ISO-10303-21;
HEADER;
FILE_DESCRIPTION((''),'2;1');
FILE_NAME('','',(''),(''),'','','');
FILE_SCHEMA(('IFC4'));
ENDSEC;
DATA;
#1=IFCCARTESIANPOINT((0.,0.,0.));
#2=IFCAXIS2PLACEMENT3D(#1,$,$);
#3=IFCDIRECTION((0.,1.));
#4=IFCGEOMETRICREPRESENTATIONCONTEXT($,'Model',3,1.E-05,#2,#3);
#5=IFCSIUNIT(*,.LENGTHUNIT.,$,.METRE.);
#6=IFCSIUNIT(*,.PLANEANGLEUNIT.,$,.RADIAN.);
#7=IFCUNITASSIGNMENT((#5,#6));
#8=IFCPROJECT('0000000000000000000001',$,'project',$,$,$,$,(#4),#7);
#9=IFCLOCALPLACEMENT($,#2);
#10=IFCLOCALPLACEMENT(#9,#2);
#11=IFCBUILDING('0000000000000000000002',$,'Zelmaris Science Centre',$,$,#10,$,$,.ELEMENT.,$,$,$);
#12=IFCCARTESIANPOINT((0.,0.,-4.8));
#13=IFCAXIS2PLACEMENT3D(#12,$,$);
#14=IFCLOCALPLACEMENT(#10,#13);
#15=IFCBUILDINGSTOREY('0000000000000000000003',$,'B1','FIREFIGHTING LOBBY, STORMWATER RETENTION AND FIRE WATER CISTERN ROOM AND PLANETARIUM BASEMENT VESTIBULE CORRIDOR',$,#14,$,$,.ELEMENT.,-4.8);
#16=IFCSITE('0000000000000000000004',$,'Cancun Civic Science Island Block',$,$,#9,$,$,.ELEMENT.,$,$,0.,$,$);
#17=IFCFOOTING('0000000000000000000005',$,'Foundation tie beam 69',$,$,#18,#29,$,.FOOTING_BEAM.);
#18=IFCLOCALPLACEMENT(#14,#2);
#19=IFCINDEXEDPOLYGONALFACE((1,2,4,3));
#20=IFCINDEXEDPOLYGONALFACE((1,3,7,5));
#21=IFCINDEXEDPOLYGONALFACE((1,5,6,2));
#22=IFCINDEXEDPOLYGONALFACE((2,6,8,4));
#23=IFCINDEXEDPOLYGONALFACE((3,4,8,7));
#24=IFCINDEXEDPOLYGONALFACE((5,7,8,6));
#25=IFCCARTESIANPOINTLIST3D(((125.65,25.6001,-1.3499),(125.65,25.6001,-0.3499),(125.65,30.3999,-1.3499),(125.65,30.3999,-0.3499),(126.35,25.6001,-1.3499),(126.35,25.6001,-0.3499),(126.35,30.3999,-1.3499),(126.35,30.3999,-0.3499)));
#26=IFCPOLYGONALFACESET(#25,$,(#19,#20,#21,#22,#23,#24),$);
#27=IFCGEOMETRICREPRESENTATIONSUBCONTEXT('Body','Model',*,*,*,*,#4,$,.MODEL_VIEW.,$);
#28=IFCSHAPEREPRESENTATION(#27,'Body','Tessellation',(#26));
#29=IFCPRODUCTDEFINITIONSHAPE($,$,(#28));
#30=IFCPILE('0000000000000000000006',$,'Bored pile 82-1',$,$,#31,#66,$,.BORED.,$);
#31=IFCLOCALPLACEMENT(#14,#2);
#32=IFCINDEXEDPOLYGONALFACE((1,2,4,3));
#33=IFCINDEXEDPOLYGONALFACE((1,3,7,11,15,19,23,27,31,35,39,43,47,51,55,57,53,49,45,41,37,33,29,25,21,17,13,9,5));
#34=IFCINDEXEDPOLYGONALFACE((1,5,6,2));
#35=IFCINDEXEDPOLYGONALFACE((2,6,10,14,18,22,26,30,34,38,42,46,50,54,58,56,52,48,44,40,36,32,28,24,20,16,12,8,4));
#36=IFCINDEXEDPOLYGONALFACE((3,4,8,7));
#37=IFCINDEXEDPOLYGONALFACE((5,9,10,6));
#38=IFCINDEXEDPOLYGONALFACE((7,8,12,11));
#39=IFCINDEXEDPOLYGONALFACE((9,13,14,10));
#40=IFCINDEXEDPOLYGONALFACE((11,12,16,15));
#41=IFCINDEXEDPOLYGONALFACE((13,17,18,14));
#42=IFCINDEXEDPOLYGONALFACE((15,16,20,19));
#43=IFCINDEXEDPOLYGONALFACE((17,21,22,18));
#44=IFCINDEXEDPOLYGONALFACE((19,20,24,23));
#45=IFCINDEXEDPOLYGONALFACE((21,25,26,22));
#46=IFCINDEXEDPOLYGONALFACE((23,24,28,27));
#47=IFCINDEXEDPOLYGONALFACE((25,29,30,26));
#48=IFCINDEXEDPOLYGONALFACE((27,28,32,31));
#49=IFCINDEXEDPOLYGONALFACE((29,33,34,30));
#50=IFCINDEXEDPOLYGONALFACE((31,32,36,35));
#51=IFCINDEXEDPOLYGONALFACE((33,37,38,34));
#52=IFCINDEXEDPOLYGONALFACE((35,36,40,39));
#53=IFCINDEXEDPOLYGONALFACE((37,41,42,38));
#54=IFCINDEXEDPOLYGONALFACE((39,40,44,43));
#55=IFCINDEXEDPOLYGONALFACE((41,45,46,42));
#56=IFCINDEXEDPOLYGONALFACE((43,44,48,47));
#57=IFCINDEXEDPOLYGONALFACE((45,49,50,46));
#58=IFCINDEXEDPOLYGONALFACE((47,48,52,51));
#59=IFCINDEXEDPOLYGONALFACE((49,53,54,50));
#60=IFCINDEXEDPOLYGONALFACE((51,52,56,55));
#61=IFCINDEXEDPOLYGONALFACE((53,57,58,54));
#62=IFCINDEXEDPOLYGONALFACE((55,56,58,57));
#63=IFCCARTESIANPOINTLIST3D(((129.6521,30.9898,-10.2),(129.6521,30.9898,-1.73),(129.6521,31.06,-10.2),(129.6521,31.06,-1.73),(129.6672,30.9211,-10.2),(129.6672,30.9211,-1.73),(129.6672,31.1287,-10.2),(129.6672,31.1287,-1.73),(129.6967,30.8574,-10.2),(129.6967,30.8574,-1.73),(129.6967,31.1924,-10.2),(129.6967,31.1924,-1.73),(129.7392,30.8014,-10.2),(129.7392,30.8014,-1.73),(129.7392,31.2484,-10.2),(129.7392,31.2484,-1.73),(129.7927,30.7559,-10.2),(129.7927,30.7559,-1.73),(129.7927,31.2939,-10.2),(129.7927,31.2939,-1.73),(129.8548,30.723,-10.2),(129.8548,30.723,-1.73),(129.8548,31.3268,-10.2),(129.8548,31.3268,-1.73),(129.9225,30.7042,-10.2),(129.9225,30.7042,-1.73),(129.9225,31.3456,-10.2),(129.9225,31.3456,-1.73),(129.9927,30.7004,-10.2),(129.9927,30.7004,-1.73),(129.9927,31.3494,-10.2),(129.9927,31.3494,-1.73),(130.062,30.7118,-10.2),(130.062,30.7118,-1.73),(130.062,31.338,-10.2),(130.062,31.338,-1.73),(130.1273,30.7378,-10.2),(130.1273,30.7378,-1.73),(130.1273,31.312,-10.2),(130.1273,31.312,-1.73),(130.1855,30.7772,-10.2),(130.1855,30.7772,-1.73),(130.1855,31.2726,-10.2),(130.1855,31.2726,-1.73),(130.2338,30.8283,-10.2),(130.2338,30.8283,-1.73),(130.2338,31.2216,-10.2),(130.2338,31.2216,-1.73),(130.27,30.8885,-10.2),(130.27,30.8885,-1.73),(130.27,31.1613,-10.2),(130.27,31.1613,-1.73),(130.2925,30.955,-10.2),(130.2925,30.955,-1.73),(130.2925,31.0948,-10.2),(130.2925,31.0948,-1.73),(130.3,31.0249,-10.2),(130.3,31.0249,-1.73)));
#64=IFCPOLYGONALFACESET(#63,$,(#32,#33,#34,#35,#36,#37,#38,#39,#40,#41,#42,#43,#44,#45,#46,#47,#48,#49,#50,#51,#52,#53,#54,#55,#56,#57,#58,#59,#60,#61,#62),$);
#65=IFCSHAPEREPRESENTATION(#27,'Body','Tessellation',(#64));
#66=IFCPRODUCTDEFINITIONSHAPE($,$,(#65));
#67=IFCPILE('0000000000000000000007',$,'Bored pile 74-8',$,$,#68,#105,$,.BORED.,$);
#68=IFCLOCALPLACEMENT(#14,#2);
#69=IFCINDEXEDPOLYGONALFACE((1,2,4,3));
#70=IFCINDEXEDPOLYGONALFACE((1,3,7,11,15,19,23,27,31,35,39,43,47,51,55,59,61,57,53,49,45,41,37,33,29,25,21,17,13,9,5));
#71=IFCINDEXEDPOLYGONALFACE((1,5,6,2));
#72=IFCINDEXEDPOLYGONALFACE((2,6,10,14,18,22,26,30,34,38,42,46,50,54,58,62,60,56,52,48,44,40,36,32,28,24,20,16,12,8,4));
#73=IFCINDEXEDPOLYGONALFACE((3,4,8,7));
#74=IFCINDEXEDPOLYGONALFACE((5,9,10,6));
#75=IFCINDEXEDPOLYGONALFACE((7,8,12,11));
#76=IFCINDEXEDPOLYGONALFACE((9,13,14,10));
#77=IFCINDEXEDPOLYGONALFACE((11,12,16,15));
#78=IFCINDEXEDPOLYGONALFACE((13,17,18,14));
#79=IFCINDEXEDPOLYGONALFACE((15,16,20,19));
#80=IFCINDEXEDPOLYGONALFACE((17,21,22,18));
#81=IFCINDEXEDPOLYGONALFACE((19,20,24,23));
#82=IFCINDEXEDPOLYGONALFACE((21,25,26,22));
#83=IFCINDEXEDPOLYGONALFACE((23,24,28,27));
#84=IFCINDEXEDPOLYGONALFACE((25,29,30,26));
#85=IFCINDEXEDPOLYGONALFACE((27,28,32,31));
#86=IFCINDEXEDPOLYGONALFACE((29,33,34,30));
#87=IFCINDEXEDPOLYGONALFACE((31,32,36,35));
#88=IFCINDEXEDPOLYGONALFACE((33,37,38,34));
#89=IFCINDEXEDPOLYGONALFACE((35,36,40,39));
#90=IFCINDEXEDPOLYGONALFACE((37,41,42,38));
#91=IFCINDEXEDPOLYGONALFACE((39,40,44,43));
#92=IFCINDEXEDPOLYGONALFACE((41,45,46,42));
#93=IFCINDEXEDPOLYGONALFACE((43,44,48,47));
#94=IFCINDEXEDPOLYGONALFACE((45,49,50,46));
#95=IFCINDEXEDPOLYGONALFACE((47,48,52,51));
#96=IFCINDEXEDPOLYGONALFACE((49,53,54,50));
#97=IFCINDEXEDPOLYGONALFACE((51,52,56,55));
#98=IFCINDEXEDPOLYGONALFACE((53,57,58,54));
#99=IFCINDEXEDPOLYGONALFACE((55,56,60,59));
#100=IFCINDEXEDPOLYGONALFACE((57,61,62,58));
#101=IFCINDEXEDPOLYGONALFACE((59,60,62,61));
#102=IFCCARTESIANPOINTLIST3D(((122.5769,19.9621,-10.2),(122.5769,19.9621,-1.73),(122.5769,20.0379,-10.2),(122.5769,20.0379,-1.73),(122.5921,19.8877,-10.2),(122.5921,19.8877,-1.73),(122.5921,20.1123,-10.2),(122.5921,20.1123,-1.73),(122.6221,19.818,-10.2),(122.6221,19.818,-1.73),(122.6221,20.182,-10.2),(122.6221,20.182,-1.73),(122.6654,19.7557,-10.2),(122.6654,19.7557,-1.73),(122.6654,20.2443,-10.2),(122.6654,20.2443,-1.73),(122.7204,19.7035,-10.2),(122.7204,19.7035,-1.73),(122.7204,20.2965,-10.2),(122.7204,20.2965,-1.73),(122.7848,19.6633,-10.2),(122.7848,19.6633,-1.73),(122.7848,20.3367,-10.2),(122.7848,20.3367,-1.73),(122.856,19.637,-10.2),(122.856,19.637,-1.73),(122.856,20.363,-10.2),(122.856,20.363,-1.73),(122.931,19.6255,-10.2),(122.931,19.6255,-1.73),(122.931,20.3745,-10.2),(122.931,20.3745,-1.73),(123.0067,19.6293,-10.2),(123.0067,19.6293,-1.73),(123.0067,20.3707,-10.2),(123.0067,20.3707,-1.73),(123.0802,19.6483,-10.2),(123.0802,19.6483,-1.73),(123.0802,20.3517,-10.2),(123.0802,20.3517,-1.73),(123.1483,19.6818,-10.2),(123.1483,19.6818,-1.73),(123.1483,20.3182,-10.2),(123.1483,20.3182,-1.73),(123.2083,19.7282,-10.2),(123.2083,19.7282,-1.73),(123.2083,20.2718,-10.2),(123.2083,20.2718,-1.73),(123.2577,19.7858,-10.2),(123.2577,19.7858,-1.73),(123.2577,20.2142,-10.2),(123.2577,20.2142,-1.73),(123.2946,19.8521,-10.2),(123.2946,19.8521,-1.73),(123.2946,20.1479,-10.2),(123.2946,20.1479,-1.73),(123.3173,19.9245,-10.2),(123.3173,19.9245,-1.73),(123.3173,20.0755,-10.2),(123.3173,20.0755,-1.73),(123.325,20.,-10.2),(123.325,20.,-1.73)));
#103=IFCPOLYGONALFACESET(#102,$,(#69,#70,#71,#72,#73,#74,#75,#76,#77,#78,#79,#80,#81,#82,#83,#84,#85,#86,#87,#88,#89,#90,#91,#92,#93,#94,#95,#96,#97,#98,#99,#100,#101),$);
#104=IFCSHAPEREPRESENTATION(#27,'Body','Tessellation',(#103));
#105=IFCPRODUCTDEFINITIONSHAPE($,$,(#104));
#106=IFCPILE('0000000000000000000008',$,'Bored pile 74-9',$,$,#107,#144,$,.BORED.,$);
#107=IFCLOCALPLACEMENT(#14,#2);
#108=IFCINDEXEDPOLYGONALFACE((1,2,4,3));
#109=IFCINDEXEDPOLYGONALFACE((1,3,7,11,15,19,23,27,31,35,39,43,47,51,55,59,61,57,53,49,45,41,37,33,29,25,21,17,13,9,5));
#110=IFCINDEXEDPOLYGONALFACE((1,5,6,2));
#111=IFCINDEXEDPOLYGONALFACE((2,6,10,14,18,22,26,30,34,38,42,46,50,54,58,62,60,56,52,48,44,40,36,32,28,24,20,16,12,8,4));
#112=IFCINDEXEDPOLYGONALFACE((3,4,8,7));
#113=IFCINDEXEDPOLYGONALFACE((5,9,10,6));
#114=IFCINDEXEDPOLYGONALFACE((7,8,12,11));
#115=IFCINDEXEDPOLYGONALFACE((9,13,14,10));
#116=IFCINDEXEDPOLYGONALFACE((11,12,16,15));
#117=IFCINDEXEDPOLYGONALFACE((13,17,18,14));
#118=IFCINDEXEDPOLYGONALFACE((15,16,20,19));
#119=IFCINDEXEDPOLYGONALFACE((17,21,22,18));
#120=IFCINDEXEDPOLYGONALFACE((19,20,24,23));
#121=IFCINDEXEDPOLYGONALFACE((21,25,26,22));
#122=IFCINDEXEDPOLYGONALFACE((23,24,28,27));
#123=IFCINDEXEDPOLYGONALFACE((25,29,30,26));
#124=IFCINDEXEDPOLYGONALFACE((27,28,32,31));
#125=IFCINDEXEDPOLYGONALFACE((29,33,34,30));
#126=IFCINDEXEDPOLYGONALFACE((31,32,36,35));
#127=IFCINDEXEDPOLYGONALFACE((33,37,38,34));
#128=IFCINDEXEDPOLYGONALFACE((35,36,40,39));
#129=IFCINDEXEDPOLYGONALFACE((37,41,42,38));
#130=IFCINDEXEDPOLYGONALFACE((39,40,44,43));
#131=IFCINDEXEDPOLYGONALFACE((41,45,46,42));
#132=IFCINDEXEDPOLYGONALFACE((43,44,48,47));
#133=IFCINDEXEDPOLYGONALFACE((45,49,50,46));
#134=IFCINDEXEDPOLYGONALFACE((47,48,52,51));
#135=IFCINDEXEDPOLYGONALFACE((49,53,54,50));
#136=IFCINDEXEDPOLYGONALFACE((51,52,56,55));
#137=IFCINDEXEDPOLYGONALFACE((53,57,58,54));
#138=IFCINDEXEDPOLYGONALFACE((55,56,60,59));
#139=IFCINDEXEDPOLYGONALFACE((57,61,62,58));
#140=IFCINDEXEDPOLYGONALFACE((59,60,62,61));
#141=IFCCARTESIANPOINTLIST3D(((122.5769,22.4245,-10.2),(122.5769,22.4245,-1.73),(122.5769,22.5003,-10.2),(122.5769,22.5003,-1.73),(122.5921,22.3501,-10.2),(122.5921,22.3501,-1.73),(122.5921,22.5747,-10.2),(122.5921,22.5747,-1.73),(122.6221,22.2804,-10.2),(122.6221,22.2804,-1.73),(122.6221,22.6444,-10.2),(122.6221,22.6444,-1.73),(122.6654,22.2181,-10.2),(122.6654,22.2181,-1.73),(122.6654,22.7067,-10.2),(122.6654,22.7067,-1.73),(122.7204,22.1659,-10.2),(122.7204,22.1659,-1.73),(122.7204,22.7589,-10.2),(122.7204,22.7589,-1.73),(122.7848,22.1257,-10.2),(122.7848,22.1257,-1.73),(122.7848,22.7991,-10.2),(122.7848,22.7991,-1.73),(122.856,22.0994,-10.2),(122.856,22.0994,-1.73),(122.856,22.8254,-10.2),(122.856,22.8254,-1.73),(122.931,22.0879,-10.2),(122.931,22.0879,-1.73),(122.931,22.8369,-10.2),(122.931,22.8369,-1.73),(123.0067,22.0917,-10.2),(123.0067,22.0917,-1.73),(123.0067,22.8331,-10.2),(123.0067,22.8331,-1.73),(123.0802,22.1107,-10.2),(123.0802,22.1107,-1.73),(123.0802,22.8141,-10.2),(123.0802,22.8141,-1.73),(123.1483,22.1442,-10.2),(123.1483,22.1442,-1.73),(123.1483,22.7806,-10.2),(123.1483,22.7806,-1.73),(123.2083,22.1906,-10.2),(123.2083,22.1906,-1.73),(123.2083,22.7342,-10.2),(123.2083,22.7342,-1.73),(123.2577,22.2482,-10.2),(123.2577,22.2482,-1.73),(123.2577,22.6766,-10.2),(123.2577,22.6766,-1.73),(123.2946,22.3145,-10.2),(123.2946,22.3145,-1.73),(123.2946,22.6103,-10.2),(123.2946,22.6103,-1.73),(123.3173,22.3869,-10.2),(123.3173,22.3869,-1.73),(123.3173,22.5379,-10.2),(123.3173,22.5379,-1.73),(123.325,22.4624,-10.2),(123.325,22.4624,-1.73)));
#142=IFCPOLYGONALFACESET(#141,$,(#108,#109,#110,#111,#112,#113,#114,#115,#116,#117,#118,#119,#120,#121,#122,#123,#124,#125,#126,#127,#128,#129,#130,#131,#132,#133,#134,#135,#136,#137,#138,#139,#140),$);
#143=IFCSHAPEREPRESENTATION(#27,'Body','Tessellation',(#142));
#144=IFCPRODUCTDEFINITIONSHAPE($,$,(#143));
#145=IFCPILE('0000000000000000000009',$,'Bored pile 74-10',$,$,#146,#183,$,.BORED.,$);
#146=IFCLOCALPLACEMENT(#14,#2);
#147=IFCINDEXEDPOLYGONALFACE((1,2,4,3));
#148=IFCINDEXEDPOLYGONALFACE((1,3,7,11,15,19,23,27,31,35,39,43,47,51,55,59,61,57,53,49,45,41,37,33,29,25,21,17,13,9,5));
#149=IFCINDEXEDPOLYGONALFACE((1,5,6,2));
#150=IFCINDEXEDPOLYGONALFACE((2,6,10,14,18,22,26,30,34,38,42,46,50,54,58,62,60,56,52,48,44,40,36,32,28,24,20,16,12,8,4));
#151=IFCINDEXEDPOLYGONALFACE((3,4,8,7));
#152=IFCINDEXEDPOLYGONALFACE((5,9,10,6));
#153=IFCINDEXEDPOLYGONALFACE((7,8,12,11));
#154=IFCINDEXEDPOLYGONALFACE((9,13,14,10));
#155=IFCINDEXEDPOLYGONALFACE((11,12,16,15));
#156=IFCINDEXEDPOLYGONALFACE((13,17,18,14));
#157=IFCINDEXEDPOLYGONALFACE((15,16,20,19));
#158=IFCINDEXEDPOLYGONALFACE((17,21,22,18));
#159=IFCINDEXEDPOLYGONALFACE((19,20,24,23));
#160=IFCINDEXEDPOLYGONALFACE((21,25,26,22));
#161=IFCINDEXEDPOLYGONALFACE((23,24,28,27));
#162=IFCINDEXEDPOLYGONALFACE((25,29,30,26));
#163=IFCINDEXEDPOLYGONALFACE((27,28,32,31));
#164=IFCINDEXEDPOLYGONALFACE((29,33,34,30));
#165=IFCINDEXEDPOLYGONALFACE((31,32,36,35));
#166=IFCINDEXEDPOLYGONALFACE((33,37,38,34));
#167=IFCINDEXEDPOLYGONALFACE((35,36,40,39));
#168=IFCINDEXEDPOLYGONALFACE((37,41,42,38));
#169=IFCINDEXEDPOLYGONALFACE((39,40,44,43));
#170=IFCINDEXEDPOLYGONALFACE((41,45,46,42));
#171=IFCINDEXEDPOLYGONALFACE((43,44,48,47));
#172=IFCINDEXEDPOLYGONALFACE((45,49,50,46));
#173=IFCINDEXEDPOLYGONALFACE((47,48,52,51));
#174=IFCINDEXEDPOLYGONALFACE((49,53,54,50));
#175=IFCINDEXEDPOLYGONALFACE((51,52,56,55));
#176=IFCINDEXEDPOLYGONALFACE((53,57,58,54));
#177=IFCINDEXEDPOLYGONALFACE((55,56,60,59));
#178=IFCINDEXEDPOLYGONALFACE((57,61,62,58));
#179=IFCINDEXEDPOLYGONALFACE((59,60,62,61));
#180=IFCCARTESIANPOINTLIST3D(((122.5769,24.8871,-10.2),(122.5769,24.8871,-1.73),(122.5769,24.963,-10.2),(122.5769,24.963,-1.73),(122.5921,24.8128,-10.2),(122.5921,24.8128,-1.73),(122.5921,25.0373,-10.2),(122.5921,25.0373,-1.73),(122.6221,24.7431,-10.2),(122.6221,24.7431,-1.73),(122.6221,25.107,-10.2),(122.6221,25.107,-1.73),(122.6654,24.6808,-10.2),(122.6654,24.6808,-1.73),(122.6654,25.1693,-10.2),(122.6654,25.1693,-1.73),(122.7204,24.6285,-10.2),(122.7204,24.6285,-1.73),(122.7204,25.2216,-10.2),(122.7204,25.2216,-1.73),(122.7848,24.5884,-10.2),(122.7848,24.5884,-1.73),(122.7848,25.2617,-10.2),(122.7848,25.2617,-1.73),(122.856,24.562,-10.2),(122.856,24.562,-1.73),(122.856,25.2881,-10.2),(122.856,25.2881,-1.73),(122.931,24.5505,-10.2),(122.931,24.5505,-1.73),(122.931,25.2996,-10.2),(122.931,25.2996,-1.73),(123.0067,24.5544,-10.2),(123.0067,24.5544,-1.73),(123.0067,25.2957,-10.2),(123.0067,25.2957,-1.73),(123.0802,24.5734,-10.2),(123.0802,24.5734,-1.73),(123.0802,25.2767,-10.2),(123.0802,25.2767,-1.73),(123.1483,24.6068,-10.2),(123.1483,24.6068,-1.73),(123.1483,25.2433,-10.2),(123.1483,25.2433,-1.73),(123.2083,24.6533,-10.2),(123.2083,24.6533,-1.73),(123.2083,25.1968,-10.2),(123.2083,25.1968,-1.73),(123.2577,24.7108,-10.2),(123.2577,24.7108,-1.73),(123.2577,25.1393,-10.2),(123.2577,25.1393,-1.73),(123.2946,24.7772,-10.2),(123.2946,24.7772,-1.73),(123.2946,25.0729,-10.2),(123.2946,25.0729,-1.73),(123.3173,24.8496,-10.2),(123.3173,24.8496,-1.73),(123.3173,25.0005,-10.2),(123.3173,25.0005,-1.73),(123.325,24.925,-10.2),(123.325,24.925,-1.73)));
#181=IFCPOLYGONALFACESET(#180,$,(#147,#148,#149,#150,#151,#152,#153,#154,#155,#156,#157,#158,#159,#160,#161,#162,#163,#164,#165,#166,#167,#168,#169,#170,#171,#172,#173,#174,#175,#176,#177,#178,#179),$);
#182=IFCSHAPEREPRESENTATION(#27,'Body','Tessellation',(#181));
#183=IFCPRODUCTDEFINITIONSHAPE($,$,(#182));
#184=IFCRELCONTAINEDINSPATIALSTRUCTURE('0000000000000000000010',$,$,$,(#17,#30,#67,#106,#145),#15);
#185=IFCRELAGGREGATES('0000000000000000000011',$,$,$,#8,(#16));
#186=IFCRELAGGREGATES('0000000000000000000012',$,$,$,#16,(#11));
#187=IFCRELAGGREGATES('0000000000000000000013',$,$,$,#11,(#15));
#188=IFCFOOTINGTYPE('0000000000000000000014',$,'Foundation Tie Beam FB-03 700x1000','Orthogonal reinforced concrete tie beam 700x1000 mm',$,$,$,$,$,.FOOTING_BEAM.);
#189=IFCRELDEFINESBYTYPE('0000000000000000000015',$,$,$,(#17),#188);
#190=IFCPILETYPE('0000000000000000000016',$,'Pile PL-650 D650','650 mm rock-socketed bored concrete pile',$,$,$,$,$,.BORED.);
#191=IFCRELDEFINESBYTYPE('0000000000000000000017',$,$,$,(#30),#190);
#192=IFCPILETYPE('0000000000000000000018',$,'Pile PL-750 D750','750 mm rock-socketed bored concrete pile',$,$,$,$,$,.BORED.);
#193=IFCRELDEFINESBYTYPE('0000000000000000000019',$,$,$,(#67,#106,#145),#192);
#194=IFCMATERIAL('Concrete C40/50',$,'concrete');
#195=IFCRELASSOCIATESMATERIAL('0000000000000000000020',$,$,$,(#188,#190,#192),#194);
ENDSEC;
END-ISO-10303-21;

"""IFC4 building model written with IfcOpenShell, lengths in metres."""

from ifc_helpers import new_model, si_unit, direction, frame, origin, origin_2d, place, context, subcontext, project, spatial, rectangle, circle, extrude, material, material_profile, profile_set, type_object, element, save


model = new_model("IFC4")

# Units and contexts
model_context = context("Model", 3, precision=1e-05, world=origin(), true_north=direction((0.0, 1.0)))
body_context = subcontext(model_context, "Body", "Model", "MODEL_VIEW")
ifc_project = project(units=[si_unit("LENGTHUNIT", "METRE"), si_unit("PLANEANGLEUNIT", "RADIAN")], contexts=[model_context])

# Site, building, storey
site_placement = place(None, origin())
site = spatial("IfcSite", under=ifc_project, at=site_placement, Name="Cancun Civic Science Island Block", CompositionType="ELEMENT", RefElevation=0.0)
building_placement = place(site_placement, origin())
building = spatial("IfcBuilding", under=site, at=building_placement, Name="Zelmaris Science Centre", CompositionType="ELEMENT")
storey_placement = place(building_placement, frame((0.0, 0.0, -4.8)))
storey = spatial("IfcBuildingStorey", under=building, at=storey_placement, Name="B1", Description="FIREFIGHTING LOBBY, STORMWATER RETENTION AND FIRE WATER CISTERN ROOM AND PLANETARIUM BASEMENT VESTIBULE CORRIDOR", CompositionType="ELEMENT", Elevation=-4.8)

# Footing
ifc_material_1 = material(Name="Concrete C40/50", Category="concrete")
ifc_material_profile_1 = material_profile(ifc_material_1, rectangle(XDim=0.7, YDim=1.0, at=origin_2d()), Name="FB-700X1000")
ifc_profile_set_1 = profile_set([ifc_material_profile_1], Name="Concrete C40/50")
footing_type = type_object("IfcFootingType", Name="Foundation Tie Beam FB-03 700x1000", Description="Orthogonal reinforced concrete tie beam 700x1000 mm", PredefinedType="FOOTING_BEAM", material=ifc_profile_set_1)
footing_placement = place(storey_placement, frame((126.0, 25.6001, -0.8499), z_axis=(0.0, 1.0, 0.0), x_axis=(-1.0, 0.0, 0.0)))
element("IfcFooting", 1, at=footing_placement, inside=storey, type_object=footing_type, Name="Foundation tie beam 69", PredefinedType="FOOTING_BEAM", context=body_context, shape_type="SweptSolid", body=[
    extrude(rectangle(XDim=0.7, YDim=1.0, at=origin_2d()), origin(), (0.0, 0.0, 1.0), 4.7998),
])

# Piles
ifc_material_profile_2 = material_profile(ifc_material_1, circle(Radius=0.325, at=origin_2d()), Name="PILE-650")
ifc_profile_set_2 = profile_set([ifc_material_profile_2], Name="Concrete C40/50")
pile_type_1 = type_object("IfcPileType", Name="Pile PL-650 D650", Description="650 mm rock-socketed bored concrete pile", PredefinedType="BORED", material=ifc_profile_set_2)
pile_placement = place(storey_placement, frame((129.9751, 31.0249, -1.73), z_axis=(0.0, 0.0, -1.0), x_axis=(1.0, 0.0, 0.0)))
element("IfcPile", 2, at=pile_placement, inside=storey, type_object=pile_type_1, Name="Bored pile 82-1", PredefinedType="BORED", context=body_context, shape_type="SweptSolid", body=[
    extrude(circle(Radius=0.325, at=origin_2d()), origin(), (0.0, 0.0, 1.0), 8.47),
])
ifc_material_profile_3 = material_profile(ifc_material_1, circle(Radius=0.375, at=origin_2d()), Name="PILE-750")
ifc_profile_set_3 = profile_set([ifc_material_profile_3], Name="Concrete C40/50")
pile_type_2 = type_object("IfcPileType", Name="Pile PL-750 D750", Description="750 mm rock-socketed bored concrete pile", PredefinedType="BORED", material=ifc_profile_set_3)
for number, where, z_axis, x_axis, name in (
    (3, (122.95, 20.0, -1.73), (0.0, 0.0, -1.0), (1.0, 0.0, 0.0), "Bored pile 74-8"),
    (4, (122.95, 22.4624, -1.73), (0.0, 0.0, -1.0), (1.0, 0.0, 0.0), "Bored pile 74-9"),
    (5, (122.95, 24.925, -1.73), (0.0, 0.0, -1.0), (1.0, 0.0, 0.0), "Bored pile 74-10"),
):
    element("IfcPile", number, at=place(storey_placement, frame(where, z_axis=z_axis, x_axis=x_axis)), inside=storey, type_object=pile_type_2, Name=name, PredefinedType="BORED", context=body_context, shape_type="SweptSolid", body=[
        extrude(circle(Radius=0.375, at=origin_2d()), origin(), (0.0, 0.0, 1.0), 8.47),
    ])

save(model, "model.ifc")
